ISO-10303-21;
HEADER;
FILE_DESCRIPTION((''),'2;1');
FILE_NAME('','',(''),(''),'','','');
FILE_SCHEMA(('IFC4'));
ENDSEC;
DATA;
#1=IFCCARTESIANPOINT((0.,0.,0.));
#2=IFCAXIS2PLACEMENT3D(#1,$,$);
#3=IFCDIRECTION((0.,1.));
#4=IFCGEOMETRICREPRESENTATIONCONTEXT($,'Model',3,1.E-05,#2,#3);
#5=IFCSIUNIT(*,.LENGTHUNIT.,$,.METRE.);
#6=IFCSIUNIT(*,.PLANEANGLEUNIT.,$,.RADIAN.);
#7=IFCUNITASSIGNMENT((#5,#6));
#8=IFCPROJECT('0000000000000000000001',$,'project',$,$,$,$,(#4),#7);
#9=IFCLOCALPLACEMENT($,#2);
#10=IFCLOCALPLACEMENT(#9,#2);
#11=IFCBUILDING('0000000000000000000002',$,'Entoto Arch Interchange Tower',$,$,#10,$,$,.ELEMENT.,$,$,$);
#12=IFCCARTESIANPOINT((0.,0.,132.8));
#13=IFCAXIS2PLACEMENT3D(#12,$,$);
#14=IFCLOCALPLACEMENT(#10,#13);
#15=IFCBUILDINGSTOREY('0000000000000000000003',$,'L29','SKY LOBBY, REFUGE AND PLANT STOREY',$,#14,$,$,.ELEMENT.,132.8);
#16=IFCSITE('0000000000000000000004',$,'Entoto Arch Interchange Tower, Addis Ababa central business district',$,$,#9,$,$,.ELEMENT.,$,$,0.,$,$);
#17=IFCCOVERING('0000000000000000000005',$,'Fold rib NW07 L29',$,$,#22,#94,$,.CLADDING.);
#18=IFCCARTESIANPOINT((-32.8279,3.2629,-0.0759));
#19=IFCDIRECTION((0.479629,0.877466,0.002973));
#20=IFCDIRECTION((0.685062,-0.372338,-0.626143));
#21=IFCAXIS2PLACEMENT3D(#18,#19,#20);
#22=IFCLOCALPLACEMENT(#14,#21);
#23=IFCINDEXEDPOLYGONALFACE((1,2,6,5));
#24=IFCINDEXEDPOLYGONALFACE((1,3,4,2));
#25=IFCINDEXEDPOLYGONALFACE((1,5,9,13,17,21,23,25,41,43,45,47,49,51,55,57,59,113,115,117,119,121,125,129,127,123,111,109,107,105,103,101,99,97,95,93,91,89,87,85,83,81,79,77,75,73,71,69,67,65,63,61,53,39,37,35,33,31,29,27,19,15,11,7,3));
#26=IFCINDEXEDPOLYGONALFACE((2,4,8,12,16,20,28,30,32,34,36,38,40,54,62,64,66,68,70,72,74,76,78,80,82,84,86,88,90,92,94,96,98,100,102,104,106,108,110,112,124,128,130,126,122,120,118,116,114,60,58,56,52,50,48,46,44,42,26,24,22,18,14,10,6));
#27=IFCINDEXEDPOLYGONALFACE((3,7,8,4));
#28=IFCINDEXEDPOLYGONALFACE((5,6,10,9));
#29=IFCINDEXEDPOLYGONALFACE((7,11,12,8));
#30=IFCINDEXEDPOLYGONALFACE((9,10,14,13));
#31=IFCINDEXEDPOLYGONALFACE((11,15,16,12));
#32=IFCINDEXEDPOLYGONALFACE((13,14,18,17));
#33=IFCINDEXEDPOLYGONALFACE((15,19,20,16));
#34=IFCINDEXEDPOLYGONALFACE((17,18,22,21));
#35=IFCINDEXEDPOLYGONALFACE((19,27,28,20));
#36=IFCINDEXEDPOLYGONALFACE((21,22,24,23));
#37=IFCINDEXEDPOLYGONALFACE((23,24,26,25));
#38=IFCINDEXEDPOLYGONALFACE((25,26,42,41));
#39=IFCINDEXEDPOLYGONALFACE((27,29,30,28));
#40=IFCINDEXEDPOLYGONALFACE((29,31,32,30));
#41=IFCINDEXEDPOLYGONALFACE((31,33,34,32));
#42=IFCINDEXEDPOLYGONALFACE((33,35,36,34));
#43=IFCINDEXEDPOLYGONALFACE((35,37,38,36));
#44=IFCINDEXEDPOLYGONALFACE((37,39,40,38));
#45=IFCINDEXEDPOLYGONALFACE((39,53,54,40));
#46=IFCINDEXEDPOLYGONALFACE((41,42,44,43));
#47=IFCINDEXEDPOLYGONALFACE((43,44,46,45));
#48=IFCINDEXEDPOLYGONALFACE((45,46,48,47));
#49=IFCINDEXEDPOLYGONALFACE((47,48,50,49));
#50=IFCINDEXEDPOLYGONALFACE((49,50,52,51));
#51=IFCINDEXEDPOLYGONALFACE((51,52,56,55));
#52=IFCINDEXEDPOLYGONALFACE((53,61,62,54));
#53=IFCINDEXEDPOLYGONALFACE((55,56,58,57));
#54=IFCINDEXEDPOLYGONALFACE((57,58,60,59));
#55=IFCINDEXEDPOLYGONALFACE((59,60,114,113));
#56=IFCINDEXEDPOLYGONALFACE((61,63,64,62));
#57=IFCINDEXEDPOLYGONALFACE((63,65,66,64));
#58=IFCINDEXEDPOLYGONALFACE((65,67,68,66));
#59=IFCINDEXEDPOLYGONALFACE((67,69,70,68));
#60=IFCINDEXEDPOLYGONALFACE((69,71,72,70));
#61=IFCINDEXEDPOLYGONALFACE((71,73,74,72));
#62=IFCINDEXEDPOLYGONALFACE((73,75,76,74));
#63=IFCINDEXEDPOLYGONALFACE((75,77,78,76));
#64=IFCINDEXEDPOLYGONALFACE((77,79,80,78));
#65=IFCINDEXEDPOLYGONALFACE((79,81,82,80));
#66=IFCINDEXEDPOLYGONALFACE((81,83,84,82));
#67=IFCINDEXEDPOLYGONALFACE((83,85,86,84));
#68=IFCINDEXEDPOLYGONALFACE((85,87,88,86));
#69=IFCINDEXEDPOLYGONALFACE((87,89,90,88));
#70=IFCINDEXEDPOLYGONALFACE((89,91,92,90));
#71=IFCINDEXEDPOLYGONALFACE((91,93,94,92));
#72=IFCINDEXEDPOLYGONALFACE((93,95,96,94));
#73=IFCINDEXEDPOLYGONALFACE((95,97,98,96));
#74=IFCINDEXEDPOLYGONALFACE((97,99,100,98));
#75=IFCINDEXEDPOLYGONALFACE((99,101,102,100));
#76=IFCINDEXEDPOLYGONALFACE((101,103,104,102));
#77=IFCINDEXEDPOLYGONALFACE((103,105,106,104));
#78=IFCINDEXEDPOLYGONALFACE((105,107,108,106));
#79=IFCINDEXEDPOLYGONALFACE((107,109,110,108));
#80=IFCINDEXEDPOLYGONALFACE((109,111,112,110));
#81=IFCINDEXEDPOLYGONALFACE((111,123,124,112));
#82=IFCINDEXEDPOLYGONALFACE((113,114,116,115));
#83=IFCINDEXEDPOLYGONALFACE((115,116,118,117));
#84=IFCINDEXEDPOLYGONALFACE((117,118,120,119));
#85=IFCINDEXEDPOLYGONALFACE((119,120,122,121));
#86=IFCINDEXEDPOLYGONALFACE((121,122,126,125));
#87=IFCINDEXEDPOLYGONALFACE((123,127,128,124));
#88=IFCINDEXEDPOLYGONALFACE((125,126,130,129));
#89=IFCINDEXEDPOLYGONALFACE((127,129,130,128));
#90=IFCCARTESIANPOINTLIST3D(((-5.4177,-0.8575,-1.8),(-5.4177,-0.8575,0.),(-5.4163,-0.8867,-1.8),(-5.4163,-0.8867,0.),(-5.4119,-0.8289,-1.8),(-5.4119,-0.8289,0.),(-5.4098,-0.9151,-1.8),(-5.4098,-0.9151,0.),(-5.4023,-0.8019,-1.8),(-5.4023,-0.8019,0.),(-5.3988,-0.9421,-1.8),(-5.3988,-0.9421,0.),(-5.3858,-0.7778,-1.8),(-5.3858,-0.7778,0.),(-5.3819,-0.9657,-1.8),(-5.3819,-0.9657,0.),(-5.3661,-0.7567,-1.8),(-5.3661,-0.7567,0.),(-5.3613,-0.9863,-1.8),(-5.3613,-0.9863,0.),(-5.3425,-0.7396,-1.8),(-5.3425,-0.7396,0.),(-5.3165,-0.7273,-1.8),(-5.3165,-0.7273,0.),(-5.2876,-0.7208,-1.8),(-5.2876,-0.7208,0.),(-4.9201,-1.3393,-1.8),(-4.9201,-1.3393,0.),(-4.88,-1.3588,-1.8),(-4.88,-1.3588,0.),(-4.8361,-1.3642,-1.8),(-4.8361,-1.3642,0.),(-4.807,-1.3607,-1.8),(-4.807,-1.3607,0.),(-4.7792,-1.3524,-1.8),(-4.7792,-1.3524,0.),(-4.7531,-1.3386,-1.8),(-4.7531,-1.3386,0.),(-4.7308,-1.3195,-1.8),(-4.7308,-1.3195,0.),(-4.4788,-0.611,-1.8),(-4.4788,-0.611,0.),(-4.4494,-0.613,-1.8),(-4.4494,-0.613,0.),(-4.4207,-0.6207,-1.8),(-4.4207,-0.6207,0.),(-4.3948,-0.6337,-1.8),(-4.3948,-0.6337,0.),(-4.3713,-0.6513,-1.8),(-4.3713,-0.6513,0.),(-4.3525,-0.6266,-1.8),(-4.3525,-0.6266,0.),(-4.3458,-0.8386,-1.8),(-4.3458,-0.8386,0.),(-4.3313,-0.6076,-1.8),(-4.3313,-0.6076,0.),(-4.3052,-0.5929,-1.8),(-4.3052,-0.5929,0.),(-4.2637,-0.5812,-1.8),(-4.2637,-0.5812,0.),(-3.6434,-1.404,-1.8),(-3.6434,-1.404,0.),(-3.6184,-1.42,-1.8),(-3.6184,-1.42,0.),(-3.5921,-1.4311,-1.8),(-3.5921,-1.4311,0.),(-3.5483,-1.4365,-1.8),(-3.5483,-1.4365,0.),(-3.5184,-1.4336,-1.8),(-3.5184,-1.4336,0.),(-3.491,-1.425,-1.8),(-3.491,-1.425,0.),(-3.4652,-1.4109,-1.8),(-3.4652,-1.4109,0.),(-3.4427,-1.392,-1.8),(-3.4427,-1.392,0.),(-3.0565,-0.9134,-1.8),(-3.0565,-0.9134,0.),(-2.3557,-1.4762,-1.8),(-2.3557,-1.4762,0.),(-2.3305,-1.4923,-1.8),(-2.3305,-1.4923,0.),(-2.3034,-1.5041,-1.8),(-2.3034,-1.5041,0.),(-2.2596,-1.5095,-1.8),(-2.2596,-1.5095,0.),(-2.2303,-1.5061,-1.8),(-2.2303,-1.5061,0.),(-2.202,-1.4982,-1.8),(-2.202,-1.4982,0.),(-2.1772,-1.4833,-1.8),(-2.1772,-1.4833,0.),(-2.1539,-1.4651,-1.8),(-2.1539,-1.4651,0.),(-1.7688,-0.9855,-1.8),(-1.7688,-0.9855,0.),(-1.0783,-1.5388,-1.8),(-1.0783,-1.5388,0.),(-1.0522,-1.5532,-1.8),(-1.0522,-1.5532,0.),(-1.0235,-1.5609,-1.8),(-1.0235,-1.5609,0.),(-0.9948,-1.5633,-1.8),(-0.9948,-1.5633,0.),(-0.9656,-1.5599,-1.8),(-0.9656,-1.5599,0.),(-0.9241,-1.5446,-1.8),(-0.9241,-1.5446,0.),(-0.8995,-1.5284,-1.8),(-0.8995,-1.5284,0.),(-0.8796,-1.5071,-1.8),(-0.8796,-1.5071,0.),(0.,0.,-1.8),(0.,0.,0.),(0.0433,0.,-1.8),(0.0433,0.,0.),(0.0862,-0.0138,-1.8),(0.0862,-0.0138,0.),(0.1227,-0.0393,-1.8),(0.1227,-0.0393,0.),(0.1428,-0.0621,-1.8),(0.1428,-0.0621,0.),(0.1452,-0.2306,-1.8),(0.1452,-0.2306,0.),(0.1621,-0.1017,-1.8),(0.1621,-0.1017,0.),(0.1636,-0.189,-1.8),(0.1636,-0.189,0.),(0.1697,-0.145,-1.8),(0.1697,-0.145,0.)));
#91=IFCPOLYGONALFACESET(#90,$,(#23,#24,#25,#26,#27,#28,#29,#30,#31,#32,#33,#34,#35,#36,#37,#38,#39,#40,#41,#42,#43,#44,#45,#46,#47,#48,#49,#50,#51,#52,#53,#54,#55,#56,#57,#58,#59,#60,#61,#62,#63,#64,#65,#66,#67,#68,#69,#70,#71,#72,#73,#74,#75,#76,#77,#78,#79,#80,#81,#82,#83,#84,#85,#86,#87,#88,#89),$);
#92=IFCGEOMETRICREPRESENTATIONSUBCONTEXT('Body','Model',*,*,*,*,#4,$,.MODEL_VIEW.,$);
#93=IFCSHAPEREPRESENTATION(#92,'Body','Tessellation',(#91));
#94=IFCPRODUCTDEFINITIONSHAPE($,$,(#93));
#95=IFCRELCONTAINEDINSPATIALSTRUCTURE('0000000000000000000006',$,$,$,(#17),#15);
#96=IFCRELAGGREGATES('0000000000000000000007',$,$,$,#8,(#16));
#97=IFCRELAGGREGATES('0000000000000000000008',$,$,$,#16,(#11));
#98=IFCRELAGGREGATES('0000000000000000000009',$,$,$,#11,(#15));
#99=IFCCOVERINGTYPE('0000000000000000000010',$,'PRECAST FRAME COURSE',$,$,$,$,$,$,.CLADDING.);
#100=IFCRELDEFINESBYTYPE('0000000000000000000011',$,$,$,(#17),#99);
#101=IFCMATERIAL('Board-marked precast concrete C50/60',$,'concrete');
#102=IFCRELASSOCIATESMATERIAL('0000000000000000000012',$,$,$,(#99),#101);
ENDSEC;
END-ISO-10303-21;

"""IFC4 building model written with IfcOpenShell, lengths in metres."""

from ifc_helpers import new_model, si_unit, direction, frame, origin, place, context, subcontext, project, spatial, polyline, outline, extrude, material, type_object, element, save


model = new_model("IFC4")

# Units and contexts
model_context = context("Model", 3, precision=1e-05, world=origin(), true_north=direction((0.0, 1.0)))
body_context = subcontext(model_context, "Body", "Model", "MODEL_VIEW")
ifc_project = project(units=[si_unit("LENGTHUNIT", "METRE"), si_unit("PLANEANGLEUNIT", "RADIAN")], contexts=[model_context])

# Site, building, storey
site_placement = place(None, origin())
site = spatial("IfcSite", under=ifc_project, at=site_placement, Name="Entoto Arch Interchange Tower, Addis Ababa central business district", CompositionType="ELEMENT", RefElevation=0.0)
building_placement = place(site_placement, origin())
building = spatial("IfcBuilding", under=site, at=building_placement, Name="Entoto Arch Interchange Tower", CompositionType="ELEMENT")
storey_placement = place(building_placement, frame((0.0, 0.0, 132.8)))
storey = spatial("IfcBuildingStorey", under=building, at=storey_placement, Name="L29", Description="SKY LOBBY, REFUGE AND PLANT STOREY", CompositionType="ELEMENT", Elevation=132.8)

# Shared definitions
ifc_material_1 = material(Name="Board-marked precast concrete C50/60", Category="concrete")

# Covering
covering_type = type_object("IfcCoveringType", Name="PRECAST FRAME COURSE", PredefinedType="CLADDING", material=ifc_material_1)
covering_placement = place(storey_placement, frame((-32.8279, 3.2629, -0.0759), z_axis=(0.479629, 0.877466, 0.002973), x_axis=(0.685062, -0.372338, -0.626143)))
element("IfcCovering", 1, at=covering_placement, inside=storey, type_object=covering_type, Name="Fold rib NW07 L29", PredefinedType="CLADDING", context=body_context, shape_type="SweptSolid", body=[
    extrude(outline(polyline([(0.0, 0.0), (0.0433, 0.0), (0.0862, -0.0138), (0.1227, -0.0393), (0.1428, -0.0621), (0.1621, -0.1017), (0.1697, -0.145), (0.1636, -0.189), (0.1452, -0.2306), (-0.8796, -1.5071), (-0.8995, -1.5284), (-0.9241, -1.5446), (-0.9656, -1.5599), (-0.9948, -1.5633), (-1.0235, -1.5609), (-1.0522, -1.5532), (-1.0783, -1.5388), (-1.7688, -0.9855), (-2.1539, -1.4651), (-2.1772, -1.4833), (-2.202, -1.4982), (-2.2303, -1.5061), (-2.2596, -1.5095), (-2.3034, -1.5041), (-2.3305, -1.4923), (-2.3557, -1.4762), (-3.0565, -0.9134), (-3.4427, -1.392), (-3.4652, -1.4109), (-3.491, -1.425), (-3.5184, -1.4336), (-3.5483, -1.4365), (-3.5921, -1.4311), (-3.6184, -1.42), (-3.6434, -1.404), (-4.3458, -0.8386), (-4.7308, -1.3195), (-4.7531, -1.3386), (-4.7792, -1.3524), (-4.807, -1.3607), (-4.8361, -1.3642), (-4.88, -1.3588), (-4.9201, -1.3393), (-5.3613, -0.9863), (-5.3819, -0.9657), (-5.3988, -0.9421), (-5.4098, -0.9151), (-5.4163, -0.8867), (-5.4177, -0.8575), (-5.4119, -0.8289), (-5.4023, -0.8019), (-5.3858, -0.7778), (-5.3661, -0.7567), (-5.3425, -0.7396), (-5.3165, -0.7273), (-5.2876, -0.7208), (-4.4788, -0.611), (-4.4494, -0.613), (-4.4207, -0.6207), (-4.3948, -0.6337), (-4.3713, -0.6513), (-4.3525, -0.6266), (-4.3313, -0.6076), (-4.3052, -0.5929), (-4.2637, -0.5812), (0.0, 0.0)])), origin(), (0.0, 0.0, -1.0), 1.8),
])

save(model, "model.ifc")
